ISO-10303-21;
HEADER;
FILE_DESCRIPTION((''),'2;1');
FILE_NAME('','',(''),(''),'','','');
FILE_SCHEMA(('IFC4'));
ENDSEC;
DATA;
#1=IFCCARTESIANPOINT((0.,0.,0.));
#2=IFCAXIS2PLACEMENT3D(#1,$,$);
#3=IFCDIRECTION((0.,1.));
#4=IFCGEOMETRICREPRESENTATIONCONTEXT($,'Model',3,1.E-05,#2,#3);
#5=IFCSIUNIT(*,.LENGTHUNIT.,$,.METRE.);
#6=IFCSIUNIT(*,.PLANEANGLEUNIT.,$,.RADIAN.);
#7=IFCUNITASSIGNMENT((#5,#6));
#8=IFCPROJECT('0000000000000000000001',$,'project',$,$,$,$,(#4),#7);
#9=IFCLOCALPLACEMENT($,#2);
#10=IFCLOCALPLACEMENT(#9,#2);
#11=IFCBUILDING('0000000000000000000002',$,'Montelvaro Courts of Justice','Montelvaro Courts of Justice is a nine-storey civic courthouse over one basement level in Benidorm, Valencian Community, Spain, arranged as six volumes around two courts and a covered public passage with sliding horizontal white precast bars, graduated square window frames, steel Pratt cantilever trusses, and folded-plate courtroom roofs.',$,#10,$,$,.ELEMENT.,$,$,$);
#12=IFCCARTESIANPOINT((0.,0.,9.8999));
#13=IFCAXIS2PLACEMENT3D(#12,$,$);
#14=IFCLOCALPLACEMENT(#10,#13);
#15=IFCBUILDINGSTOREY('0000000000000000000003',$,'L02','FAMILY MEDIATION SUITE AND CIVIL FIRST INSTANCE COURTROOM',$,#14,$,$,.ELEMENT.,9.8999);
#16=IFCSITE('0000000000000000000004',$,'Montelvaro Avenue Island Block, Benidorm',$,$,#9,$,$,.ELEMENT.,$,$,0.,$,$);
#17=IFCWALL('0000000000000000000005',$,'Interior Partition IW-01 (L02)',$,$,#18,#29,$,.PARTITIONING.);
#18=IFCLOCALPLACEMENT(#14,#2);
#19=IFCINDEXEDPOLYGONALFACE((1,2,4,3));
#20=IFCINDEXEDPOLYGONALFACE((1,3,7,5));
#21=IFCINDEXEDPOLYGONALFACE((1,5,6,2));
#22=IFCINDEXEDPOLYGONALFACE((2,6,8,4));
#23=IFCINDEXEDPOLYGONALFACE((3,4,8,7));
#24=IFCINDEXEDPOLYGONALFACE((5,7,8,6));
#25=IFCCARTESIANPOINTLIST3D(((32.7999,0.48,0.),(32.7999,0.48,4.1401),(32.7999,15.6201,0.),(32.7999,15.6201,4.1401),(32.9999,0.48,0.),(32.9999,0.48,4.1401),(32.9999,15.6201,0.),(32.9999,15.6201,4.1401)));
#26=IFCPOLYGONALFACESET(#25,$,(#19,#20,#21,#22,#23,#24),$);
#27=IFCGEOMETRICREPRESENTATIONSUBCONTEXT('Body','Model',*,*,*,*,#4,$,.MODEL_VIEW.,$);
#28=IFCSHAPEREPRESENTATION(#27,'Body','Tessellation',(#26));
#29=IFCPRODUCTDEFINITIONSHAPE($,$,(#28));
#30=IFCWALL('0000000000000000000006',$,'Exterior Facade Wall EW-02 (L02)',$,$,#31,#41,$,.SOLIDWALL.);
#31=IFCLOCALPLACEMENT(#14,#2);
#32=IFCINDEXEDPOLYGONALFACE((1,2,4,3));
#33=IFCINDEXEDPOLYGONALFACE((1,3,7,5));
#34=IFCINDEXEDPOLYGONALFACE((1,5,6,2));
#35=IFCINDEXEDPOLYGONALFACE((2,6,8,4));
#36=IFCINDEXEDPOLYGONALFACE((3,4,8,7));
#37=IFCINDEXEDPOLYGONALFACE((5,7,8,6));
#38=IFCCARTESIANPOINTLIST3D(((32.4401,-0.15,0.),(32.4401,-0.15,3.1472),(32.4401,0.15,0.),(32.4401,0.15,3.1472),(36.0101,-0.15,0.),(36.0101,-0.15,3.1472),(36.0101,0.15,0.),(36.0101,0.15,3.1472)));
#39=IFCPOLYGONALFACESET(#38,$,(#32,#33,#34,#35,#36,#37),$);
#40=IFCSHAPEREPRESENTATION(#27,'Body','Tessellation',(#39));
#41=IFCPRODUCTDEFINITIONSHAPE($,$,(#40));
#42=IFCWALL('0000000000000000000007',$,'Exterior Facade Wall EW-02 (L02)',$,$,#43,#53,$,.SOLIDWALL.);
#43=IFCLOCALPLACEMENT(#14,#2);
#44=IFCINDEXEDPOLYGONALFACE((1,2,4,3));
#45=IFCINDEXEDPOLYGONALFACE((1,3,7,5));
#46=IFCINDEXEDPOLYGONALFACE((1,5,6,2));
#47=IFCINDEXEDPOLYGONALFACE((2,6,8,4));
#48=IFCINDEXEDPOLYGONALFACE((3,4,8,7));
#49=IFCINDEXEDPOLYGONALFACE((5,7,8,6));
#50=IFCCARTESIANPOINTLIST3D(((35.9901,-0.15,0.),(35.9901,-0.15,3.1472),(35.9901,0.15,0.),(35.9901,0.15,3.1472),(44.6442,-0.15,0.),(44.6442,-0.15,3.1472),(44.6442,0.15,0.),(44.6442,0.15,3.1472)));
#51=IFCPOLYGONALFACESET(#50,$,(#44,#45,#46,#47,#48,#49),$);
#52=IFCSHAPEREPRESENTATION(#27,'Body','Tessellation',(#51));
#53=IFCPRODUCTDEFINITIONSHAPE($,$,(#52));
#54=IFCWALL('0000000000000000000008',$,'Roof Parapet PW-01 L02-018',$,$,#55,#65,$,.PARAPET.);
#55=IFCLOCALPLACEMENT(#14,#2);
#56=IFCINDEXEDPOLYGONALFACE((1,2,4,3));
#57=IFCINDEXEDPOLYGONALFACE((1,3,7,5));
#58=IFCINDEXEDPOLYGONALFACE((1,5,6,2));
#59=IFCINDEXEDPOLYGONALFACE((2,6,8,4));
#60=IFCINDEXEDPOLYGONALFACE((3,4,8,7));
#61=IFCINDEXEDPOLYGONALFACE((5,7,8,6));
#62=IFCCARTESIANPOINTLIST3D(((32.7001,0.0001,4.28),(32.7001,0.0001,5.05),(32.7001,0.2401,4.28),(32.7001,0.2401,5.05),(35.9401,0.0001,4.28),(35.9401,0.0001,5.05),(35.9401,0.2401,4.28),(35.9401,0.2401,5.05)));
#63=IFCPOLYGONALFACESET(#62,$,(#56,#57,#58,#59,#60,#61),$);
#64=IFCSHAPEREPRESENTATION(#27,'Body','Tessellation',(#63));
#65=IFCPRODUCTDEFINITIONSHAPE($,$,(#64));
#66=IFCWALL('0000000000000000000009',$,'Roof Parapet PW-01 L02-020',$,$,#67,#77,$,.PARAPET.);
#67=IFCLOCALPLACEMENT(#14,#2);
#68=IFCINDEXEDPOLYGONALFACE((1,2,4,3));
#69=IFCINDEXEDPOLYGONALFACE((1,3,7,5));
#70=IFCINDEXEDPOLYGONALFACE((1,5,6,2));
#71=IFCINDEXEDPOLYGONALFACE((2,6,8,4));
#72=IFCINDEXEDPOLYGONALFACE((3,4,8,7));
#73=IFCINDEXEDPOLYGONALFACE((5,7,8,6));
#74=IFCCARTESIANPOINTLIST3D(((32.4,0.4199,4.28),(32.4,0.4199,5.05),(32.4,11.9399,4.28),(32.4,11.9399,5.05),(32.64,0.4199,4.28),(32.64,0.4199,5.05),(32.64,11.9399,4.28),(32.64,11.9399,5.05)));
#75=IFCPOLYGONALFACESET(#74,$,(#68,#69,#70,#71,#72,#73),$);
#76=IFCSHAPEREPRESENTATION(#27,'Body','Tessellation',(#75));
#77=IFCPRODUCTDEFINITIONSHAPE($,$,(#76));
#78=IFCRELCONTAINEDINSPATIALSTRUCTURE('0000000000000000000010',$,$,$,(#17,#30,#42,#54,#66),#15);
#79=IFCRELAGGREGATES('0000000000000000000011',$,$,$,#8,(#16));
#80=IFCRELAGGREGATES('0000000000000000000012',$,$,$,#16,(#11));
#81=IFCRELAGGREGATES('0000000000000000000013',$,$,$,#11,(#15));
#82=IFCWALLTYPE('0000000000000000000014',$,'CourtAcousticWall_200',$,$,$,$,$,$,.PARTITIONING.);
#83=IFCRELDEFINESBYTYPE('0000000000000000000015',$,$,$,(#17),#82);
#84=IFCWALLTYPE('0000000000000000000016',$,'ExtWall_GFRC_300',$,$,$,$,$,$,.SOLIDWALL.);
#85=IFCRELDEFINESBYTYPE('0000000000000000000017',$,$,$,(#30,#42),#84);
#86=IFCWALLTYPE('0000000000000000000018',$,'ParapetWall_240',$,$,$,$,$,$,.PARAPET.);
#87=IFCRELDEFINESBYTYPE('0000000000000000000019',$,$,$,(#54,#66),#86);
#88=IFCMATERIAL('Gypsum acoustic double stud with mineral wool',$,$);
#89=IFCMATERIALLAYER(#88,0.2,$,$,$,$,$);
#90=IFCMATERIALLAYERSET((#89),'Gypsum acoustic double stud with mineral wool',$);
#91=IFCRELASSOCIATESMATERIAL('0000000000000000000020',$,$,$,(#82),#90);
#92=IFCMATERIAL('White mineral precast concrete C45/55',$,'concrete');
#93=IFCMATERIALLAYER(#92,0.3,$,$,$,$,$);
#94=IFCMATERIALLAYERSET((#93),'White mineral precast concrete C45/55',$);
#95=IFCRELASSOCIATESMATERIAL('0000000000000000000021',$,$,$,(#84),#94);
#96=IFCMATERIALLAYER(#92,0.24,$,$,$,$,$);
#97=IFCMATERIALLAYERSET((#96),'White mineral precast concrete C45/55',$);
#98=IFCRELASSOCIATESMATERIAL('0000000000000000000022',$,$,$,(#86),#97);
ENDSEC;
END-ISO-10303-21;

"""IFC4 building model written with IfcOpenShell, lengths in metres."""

from ifc_helpers import new_model, si_unit, direction, frame, frame_2d, origin, place, context, subcontext, project, spatial, rectangle, extrude, material, layer, layer_set, type_object, element, save


model = new_model("IFC4")

# Units and contexts
model_context = context("Model", 3, precision=1e-05, world=origin(), true_north=direction((0.0, 1.0)))
body_context = subcontext(model_context, "Body", "Model", "MODEL_VIEW")
ifc_project = project(units=[si_unit("LENGTHUNIT", "METRE"), si_unit("PLANEANGLEUNIT", "RADIAN")], contexts=[model_context])

# Site, building, storey
site_placement = place(None, origin())
site = spatial("IfcSite", under=ifc_project, at=site_placement, Name="Montelvaro Avenue Island Block, Benidorm", CompositionType="ELEMENT", RefElevation=0.0)
building_placement = place(site_placement, origin())
building = spatial("IfcBuilding", under=site, at=building_placement, Name="Montelvaro Courts of Justice", Description="Montelvaro Courts of Justice is a nine-storey civic courthouse over one basement level in Benidorm, Valencian Community, Spain, arranged as six volumes around two courts and a covered public passage with sliding horizontal white precast bars, graduated square window frames, steel Pratt cantilever trusses, and folded-plate courtroom roofs.", CompositionType="ELEMENT")
storey_placement = place(building_placement, frame((0.0, 0.0, 9.8999)))
storey = spatial("IfcBuildingStorey", under=building, at=storey_placement, Name="L02", Description="FAMILY MEDIATION SUITE AND CIVIL FIRST INSTANCE COURTROOM", CompositionType="ELEMENT", Elevation=9.8999)

# Shared definitions
ifc_material_1 = material(Name="White mineral precast concrete C45/55", Category="concrete")

# Walls
ifc_material_2 = material(Name="Gypsum acoustic double stud with mineral wool")
ifc_layer_1 = layer(ifc_material_2, 0.2)
ifc_layer_set_1 = layer_set([ifc_layer_1], Name="Gypsum acoustic double stud with mineral wool")
wall_type_1 = type_object("IfcWallType", Name="CourtAcousticWall_200", PredefinedType="PARTITIONING", material=ifc_layer_set_1)
wall_1_placement = place(storey_placement, frame((32.8999, 0.48, 0.0), z_axis=(0.0, 0.0, 1.0), x_axis=(0.0, 1.0, 0.0)))
element("IfcWall", 1, at=wall_1_placement, inside=storey, type_object=wall_type_1, Name="Interior Partition IW-01 (L02)", PredefinedType="PARTITIONING", context=body_context, shape_type="SweptSolid", body=[
    extrude(rectangle(XDim=15.1401, YDim=0.2, at=frame_2d((7.5701, 0.0))), origin(), (0.0, 0.0, 1.0), 4.1401),
])
ifc_layer_2 = layer(ifc_material_1, 0.3)
ifc_layer_set_2 = layer_set([ifc_layer_2], Name="White mineral precast concrete C45/55")
wall_type_2 = type_object("IfcWallType", Name="ExtWall_GFRC_300", PredefinedType="SOLIDWALL", material=ifc_layer_set_2)
wall_2_placement = place(storey_placement, frame((32.4399, 0.0, 0.0), z_axis=(0.0, 0.0, 1.0), x_axis=(1.0, 0.0, 0.0)))
element("IfcWall", 2, at=wall_2_placement, inside=storey, type_object=wall_type_2, Name="Exterior Facade Wall EW-02 (L02)", PredefinedType="SOLIDWALL", context=body_context, shape_type="SweptSolid", body=[
    extrude(rectangle(XDim=3.5701, YDim=0.3, at=frame_2d((1.7852, 0.0))), origin(), (0.0, 0.0, 1.0), 3.1472),
])
wall_3_placement = place(storey_placement, frame((35.99, 0.0, 0.0), z_axis=(0.0, 0.0, 1.0), x_axis=(1.0, 0.0, 0.0)))
element("IfcWall", 3, at=wall_3_placement, inside=storey, type_object=wall_type_2, Name="Exterior Facade Wall EW-02 (L02)", PredefinedType="SOLIDWALL", context=body_context, shape_type="SweptSolid", body=[
    extrude(rectangle(XDim=8.6541, YDim=0.3, at=frame_2d((4.3271, 0.0))), origin(), (0.0, 0.0, 1.0), 3.1472),
])
ifc_layer_3 = layer(ifc_material_1, 0.24)
ifc_layer_set_3 = layer_set([ifc_layer_3], Name="White mineral precast concrete C45/55")
wall_type_3 = type_object("IfcWallType", Name="ParapetWall_240", PredefinedType="PARAPET", material=ifc_layer_set_3)
wall_4_placement = place(storey_placement, frame((32.7, 0.1201, 4.28), z_axis=(0.0, 0.0, 1.0), x_axis=(1.0, 0.0, 0.0)))
element("IfcWall", 4, at=wall_4_placement, inside=storey, type_object=wall_type_3, Name="Roof Parapet PW-01 L02-018", PredefinedType="PARAPET", context=body_context, shape_type="SweptSolid", body=[
    extrude(rectangle(XDim=3.24, YDim=0.24, at=frame_2d((1.6201, 0.0))), origin(), (0.0, 0.0, 1.0), 0.77),
])
wall_5_placement = place(storey_placement, frame((32.52, 0.4199, 4.28), z_axis=(0.0, 0.0, 1.0), x_axis=(0.0, 1.0, 0.0)))
element("IfcWall", 5, at=wall_5_placement, inside=storey, type_object=wall_type_3, Name="Roof Parapet PW-01 L02-020", PredefinedType="PARAPET", context=body_context, shape_type="SweptSolid", body=[
    extrude(rectangle(XDim=11.52, YDim=0.24, at=frame_2d((5.76, 0.0))), origin(), (0.0, 0.0, 1.0), 0.77),
])

save(model, "model.ifc")
